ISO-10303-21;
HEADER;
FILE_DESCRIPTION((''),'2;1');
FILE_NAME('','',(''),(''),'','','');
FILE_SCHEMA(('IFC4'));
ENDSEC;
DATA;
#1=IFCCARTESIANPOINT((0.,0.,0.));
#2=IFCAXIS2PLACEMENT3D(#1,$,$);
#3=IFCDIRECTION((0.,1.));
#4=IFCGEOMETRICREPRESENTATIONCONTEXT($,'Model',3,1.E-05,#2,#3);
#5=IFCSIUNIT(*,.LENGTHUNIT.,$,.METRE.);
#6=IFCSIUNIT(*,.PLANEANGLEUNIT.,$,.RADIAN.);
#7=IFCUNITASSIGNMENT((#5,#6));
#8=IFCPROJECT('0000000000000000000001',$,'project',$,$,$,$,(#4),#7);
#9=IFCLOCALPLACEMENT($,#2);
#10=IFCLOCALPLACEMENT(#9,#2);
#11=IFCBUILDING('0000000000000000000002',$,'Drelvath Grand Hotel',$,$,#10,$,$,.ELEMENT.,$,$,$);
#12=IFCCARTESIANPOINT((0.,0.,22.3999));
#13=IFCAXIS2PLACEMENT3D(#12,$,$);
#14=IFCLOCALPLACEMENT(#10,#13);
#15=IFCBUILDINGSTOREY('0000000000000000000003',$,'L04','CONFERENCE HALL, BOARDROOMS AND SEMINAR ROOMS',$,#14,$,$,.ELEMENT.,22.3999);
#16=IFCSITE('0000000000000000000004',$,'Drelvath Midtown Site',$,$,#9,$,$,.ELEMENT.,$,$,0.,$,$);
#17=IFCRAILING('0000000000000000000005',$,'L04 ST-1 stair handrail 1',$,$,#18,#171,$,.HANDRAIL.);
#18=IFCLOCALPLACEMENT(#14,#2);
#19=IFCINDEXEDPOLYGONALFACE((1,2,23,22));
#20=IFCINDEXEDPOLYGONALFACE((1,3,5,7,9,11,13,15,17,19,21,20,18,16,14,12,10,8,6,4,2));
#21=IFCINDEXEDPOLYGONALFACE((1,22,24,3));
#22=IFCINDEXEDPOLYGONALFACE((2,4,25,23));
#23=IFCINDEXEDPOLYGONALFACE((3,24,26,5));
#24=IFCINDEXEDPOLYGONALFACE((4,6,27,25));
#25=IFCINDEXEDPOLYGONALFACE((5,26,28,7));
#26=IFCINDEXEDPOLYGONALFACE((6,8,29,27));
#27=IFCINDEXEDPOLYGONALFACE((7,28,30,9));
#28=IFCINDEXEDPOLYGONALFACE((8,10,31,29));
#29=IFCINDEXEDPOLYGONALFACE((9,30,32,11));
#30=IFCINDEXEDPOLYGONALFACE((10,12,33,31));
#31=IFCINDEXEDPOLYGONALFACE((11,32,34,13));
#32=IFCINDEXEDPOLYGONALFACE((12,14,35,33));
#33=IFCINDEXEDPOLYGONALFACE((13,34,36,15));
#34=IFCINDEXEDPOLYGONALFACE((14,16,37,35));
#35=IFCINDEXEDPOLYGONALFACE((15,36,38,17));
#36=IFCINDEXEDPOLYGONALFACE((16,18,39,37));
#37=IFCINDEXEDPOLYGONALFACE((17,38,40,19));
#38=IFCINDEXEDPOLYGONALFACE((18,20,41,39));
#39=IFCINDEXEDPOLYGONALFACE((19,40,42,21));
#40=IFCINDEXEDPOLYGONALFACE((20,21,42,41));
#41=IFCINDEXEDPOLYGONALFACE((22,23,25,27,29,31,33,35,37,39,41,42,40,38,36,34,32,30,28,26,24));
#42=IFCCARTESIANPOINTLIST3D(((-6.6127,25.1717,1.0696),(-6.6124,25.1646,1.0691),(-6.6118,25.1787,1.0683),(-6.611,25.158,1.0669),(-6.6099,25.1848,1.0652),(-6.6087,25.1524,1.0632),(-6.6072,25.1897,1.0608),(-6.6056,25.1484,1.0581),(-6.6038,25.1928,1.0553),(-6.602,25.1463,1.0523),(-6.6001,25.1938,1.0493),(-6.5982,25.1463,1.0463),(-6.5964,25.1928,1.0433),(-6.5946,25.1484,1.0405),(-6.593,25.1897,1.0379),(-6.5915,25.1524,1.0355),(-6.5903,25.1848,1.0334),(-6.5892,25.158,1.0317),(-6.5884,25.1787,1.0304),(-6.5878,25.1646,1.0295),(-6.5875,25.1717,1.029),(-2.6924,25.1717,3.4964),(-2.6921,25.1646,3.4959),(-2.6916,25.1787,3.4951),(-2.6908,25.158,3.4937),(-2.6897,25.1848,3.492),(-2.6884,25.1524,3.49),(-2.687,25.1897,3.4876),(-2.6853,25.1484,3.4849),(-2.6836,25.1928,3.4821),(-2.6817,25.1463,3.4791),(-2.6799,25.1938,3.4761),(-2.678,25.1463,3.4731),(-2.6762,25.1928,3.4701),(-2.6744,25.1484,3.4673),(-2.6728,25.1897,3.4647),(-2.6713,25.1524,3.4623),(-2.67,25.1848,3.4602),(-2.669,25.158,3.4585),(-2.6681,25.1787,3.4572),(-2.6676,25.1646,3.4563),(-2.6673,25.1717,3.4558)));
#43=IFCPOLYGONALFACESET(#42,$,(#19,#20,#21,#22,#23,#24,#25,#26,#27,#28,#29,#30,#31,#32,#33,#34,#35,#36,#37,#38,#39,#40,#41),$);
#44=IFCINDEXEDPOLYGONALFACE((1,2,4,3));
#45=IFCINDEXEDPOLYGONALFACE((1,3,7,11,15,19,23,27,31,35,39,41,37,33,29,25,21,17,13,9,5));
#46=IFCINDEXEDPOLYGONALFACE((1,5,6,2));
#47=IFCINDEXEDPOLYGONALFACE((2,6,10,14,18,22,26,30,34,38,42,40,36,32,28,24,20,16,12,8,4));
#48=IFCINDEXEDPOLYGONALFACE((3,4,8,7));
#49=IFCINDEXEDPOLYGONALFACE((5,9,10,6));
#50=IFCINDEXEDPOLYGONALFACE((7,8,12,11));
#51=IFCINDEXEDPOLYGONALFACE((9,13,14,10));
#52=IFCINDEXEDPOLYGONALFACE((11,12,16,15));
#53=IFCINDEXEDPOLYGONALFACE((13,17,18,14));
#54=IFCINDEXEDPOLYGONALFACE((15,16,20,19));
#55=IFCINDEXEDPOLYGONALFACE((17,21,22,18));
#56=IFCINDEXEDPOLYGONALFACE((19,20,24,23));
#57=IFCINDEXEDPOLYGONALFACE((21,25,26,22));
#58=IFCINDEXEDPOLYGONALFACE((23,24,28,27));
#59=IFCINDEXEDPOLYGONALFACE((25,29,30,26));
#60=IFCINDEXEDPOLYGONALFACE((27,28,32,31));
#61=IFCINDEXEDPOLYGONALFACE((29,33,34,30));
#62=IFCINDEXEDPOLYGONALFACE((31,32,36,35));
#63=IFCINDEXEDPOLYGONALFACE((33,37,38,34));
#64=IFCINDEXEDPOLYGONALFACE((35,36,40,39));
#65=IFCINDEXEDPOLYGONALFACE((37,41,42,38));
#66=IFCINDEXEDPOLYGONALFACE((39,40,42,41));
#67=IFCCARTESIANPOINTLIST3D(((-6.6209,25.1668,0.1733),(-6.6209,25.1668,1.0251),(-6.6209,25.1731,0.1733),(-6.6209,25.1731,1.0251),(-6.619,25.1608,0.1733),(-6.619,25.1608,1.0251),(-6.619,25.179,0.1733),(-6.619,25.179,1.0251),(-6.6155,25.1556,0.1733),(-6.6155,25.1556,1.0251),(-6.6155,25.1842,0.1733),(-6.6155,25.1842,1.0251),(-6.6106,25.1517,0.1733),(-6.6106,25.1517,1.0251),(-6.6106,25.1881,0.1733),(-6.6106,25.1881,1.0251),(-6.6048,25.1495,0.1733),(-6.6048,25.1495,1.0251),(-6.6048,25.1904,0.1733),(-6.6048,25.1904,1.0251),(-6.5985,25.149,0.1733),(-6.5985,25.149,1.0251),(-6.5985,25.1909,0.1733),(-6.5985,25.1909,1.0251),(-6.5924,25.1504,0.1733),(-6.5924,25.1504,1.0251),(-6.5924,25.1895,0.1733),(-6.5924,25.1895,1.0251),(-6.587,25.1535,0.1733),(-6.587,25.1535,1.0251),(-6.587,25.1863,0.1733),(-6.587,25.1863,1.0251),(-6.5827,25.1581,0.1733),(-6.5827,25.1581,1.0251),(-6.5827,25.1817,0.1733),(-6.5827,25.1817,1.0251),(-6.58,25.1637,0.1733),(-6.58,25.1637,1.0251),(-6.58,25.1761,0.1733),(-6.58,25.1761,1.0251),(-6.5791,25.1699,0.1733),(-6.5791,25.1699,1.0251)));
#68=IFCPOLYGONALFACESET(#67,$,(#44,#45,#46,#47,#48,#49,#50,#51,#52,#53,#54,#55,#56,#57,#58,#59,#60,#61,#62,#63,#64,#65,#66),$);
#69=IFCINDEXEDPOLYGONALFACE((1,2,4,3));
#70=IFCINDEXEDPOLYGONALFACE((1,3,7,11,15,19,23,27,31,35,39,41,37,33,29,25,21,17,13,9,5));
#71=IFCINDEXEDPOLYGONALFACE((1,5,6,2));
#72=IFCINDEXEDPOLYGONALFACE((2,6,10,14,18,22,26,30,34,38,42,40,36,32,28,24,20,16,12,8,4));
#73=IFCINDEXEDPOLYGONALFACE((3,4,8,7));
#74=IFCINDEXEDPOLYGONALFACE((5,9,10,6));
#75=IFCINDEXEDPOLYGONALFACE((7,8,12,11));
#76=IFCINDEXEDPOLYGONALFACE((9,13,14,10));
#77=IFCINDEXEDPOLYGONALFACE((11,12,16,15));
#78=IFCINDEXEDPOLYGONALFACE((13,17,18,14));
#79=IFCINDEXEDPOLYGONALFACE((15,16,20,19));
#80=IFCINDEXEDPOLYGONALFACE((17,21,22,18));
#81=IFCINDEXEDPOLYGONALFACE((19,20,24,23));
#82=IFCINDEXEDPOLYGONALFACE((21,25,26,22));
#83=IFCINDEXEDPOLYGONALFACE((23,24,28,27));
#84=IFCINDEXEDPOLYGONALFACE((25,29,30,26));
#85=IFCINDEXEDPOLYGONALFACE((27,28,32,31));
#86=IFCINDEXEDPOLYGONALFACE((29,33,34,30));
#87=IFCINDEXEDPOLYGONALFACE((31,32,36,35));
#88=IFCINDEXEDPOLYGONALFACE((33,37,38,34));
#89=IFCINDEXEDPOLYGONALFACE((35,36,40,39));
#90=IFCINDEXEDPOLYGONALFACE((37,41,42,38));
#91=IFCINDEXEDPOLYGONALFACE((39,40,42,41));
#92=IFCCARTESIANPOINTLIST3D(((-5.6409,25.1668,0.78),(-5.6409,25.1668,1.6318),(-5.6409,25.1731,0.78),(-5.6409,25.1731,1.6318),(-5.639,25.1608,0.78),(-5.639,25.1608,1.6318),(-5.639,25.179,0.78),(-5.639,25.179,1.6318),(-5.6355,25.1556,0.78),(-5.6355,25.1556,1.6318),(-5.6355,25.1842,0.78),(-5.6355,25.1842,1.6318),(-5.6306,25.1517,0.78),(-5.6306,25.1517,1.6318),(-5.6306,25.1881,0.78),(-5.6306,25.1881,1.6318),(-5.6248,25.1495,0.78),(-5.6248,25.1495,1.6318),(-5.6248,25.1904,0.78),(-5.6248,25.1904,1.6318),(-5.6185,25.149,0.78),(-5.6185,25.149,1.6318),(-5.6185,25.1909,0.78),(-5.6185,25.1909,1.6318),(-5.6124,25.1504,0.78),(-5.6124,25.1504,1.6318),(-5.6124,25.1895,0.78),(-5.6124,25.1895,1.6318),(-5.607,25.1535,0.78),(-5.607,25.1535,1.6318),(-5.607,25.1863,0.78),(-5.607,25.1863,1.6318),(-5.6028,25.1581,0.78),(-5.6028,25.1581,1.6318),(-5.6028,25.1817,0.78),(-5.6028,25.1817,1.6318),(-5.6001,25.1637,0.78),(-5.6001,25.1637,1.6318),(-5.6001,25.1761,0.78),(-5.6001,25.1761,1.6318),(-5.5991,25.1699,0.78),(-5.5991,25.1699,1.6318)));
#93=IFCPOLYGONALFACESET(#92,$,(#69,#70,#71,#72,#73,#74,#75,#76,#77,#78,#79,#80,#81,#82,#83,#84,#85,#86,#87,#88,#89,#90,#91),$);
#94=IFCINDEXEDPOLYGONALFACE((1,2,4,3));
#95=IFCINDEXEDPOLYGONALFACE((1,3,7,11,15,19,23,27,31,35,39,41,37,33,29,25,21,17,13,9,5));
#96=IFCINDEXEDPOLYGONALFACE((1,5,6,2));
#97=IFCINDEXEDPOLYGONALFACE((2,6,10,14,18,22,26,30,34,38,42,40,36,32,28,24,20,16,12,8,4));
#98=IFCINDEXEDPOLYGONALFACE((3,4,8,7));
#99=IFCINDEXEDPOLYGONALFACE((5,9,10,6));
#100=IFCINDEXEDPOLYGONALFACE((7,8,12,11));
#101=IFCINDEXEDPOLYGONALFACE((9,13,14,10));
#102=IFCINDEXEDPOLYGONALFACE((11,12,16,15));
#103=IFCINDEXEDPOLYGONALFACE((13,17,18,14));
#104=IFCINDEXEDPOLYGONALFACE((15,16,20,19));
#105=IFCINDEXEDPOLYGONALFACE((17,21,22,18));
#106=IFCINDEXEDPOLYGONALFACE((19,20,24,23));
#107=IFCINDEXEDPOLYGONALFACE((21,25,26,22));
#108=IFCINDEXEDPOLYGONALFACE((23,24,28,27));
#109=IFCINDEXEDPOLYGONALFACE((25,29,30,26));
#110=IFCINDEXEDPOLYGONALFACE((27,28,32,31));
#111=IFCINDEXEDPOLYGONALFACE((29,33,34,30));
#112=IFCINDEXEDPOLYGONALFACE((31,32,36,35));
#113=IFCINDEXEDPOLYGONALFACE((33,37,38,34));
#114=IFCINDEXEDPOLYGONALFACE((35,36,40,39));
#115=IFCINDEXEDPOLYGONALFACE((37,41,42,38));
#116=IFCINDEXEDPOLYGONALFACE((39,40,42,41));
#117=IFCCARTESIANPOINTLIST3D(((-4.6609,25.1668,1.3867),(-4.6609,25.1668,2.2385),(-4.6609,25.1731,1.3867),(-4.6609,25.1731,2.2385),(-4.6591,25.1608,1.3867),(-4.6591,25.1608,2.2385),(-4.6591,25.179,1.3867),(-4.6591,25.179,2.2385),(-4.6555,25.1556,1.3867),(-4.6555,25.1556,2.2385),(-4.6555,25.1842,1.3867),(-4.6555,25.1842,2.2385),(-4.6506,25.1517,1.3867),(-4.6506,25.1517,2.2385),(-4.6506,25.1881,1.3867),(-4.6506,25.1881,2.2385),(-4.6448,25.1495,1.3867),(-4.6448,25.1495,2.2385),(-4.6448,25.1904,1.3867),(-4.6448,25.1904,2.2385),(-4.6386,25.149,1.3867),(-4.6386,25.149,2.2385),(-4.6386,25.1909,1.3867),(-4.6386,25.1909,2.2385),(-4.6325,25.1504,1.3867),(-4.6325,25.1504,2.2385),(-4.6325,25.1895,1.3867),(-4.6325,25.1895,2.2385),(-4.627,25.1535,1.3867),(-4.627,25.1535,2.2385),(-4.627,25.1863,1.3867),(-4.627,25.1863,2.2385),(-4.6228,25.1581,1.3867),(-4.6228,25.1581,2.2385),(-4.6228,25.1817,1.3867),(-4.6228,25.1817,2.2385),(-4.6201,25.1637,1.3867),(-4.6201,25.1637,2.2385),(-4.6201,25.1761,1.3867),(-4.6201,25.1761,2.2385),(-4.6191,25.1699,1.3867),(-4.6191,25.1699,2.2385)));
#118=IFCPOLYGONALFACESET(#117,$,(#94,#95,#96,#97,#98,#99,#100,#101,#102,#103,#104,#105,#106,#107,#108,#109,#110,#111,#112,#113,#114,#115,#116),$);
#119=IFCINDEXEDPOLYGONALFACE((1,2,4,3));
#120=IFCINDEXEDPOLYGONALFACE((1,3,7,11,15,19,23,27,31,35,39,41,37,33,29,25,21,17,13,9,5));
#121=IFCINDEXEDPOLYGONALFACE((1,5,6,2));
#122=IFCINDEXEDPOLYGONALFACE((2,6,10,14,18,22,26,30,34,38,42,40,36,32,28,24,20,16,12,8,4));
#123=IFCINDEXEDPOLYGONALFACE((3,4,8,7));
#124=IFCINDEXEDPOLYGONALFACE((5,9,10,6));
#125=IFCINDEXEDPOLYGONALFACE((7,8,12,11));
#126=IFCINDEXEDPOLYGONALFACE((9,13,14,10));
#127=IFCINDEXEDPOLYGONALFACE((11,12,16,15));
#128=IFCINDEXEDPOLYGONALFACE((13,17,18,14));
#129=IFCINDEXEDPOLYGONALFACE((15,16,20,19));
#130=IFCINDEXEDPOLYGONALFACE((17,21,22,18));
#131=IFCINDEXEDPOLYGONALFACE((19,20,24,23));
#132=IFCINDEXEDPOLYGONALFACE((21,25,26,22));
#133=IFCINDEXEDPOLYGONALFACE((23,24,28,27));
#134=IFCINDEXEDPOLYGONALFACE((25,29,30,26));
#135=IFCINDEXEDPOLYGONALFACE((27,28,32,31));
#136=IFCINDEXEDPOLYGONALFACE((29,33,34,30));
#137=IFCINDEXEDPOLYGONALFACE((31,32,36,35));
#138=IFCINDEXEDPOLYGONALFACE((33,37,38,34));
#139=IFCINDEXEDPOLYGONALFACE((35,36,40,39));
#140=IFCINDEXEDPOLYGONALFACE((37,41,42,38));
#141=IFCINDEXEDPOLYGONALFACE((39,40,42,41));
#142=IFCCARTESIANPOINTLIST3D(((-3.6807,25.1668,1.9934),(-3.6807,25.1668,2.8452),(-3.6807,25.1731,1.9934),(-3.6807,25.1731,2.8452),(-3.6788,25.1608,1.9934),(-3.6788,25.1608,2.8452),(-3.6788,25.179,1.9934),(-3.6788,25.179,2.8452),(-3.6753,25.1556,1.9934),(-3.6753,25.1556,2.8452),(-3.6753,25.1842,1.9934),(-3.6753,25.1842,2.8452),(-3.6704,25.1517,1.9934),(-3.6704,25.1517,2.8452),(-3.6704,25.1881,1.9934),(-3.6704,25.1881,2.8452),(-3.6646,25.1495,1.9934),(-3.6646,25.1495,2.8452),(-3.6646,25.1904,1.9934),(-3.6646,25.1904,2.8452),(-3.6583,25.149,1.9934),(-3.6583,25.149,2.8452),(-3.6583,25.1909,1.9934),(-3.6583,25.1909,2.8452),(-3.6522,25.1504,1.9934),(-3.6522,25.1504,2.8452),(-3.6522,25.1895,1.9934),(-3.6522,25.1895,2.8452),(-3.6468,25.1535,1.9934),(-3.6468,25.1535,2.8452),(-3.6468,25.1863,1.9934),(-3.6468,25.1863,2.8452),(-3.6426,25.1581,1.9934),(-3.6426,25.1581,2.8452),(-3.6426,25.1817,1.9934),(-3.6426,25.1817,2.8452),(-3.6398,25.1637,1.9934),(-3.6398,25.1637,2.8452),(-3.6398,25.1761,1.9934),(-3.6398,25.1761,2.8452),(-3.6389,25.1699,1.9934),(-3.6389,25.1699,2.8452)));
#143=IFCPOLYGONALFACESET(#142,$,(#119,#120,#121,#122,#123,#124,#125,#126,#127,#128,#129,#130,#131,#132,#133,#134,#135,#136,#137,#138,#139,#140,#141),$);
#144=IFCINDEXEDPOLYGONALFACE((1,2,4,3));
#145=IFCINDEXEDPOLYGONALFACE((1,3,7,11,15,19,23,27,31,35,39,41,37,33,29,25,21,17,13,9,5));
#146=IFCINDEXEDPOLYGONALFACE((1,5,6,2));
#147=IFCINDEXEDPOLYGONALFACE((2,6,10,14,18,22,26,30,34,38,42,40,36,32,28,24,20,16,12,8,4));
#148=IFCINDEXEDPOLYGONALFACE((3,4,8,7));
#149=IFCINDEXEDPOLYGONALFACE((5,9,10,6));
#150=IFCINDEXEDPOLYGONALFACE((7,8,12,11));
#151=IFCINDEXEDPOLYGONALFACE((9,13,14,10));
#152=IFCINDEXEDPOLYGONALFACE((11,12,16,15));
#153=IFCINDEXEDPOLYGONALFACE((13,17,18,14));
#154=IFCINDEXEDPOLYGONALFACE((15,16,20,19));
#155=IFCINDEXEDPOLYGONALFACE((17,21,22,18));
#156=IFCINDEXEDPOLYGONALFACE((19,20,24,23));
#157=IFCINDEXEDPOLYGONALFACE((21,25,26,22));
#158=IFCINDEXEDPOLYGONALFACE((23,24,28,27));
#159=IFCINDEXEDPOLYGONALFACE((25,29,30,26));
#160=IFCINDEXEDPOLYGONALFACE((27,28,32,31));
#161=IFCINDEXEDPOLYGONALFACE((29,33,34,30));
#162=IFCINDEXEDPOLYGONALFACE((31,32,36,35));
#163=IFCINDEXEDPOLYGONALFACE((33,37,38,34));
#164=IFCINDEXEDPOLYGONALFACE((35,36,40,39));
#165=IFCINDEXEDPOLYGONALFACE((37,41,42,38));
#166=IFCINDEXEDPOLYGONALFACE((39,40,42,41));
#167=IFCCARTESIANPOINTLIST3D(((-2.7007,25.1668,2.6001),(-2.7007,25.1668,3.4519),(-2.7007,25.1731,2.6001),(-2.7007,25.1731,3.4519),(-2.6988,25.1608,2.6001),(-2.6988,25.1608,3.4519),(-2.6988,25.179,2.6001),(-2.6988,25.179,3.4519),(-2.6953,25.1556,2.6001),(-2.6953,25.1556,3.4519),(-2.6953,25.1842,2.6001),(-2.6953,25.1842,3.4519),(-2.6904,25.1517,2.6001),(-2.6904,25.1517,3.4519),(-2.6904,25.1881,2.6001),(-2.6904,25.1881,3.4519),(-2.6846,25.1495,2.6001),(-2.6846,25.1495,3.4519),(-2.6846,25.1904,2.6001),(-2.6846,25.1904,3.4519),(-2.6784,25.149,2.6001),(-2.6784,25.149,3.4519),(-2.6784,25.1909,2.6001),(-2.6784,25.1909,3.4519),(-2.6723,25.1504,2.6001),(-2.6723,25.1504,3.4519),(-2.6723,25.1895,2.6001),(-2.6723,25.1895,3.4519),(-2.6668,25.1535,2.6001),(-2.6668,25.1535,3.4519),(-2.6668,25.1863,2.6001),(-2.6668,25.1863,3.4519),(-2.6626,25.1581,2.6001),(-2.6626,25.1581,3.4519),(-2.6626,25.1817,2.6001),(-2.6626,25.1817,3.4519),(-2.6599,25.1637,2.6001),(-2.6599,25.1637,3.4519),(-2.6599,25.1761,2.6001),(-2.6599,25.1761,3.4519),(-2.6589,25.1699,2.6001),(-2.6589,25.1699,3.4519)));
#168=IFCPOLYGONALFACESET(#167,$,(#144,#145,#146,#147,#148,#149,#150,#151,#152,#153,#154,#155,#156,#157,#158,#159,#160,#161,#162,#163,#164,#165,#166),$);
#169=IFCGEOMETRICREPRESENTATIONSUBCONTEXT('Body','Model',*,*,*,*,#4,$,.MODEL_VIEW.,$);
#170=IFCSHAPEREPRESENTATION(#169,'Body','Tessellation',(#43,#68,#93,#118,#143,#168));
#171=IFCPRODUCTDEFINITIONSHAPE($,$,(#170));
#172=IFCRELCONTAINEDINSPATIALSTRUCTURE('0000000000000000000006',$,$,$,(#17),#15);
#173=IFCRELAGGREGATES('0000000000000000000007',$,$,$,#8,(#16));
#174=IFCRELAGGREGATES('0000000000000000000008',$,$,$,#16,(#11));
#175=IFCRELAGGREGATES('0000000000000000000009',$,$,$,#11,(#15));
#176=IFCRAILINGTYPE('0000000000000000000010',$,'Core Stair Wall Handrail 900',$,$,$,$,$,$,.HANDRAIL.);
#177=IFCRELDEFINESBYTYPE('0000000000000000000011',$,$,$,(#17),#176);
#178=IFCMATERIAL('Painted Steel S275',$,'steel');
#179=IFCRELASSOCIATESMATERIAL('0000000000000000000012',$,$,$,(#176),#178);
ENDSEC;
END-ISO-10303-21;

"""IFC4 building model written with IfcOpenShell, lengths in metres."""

from ifc_helpers import new_model, si_unit, direction, frame, origin, origin_2d, place, context, subcontext, project, spatial, circle, extrude, material, type_object, element, save


model = new_model("IFC4")

# Units and contexts
model_context = context("Model", 3, precision=1e-05, world=origin(), true_north=direction((0.0, 1.0)))
body_context = subcontext(model_context, "Body", "Model", "MODEL_VIEW")
ifc_project = project(units=[si_unit("LENGTHUNIT", "METRE"), si_unit("PLANEANGLEUNIT", "RADIAN")], contexts=[model_context])

# Site, building, storey
site_placement = place(None, origin())
site = spatial("IfcSite", under=ifc_project, at=site_placement, Name="Drelvath Midtown Site", CompositionType="ELEMENT", RefElevation=0.0)
building_placement = place(site_placement, origin())
building = spatial("IfcBuilding", under=site, at=building_placement, Name="Drelvath Grand Hotel", CompositionType="ELEMENT")
storey_placement = place(building_placement, frame((0.0, 0.0, 22.3999)))
storey = spatial("IfcBuildingStorey", under=building, at=storey_placement, Name="L04", Description="CONFERENCE HALL, BOARDROOMS AND SEMINAR ROOMS", CompositionType="ELEMENT", Elevation=22.3999)

# Shared definitions
ifc_material_1 = material(Name="Painted Steel S275", Category="steel")

# Railing
railing_type_1 = type_object("IfcRailingType", Name="Core Stair Wall Handrail 900", PredefinedType="HANDRAIL", material=ifc_material_1)
railing_1_placement = place(storey_placement, frame((-6.6001, 25.1699, 0.1733)))
element("IfcRailing", 1, at=railing_1_placement, inside=storey, type_object=railing_type_1, Name="L04 ST-1 stair handrail 1", PredefinedType="HANDRAIL", context=body_context, shape_type="SweptSolid", body=[
    extrude(circle(Radius=0.0239, at=origin_2d()), frame((0.0, 0.0, 0.876), z_axis=(0.850266, 0.0, 0.526353), x_axis=(0.0, 1.0, 0.0)), (0.0, 0.0, 1.0), 4.6106),
    extrude(circle(Radius=0.021, at=origin_2d()), origin(), (0.0, 0.0, 1.0), 0.8518),
    extrude(circle(Radius=0.021, at=origin_2d()), frame((0.98, 0.0, 0.6067)), (0.0, 0.0, 1.0), 0.8518),
    extrude(circle(Radius=0.021, at=origin_2d()), frame((1.96, 0.0, 1.2134)), (0.0, 0.0, 1.0), 0.8518),
    extrude(circle(Radius=0.021, at=origin_2d()), frame((2.9402, 0.0, 1.8201)), (0.0, 0.0, 1.0), 0.8518),
    extrude(circle(Radius=0.021, at=origin_2d()), frame((3.9202, 0.0, 2.4268)), (0.0, 0.0, 1.0), 0.8518),
])

save(model, "model.ifc")
